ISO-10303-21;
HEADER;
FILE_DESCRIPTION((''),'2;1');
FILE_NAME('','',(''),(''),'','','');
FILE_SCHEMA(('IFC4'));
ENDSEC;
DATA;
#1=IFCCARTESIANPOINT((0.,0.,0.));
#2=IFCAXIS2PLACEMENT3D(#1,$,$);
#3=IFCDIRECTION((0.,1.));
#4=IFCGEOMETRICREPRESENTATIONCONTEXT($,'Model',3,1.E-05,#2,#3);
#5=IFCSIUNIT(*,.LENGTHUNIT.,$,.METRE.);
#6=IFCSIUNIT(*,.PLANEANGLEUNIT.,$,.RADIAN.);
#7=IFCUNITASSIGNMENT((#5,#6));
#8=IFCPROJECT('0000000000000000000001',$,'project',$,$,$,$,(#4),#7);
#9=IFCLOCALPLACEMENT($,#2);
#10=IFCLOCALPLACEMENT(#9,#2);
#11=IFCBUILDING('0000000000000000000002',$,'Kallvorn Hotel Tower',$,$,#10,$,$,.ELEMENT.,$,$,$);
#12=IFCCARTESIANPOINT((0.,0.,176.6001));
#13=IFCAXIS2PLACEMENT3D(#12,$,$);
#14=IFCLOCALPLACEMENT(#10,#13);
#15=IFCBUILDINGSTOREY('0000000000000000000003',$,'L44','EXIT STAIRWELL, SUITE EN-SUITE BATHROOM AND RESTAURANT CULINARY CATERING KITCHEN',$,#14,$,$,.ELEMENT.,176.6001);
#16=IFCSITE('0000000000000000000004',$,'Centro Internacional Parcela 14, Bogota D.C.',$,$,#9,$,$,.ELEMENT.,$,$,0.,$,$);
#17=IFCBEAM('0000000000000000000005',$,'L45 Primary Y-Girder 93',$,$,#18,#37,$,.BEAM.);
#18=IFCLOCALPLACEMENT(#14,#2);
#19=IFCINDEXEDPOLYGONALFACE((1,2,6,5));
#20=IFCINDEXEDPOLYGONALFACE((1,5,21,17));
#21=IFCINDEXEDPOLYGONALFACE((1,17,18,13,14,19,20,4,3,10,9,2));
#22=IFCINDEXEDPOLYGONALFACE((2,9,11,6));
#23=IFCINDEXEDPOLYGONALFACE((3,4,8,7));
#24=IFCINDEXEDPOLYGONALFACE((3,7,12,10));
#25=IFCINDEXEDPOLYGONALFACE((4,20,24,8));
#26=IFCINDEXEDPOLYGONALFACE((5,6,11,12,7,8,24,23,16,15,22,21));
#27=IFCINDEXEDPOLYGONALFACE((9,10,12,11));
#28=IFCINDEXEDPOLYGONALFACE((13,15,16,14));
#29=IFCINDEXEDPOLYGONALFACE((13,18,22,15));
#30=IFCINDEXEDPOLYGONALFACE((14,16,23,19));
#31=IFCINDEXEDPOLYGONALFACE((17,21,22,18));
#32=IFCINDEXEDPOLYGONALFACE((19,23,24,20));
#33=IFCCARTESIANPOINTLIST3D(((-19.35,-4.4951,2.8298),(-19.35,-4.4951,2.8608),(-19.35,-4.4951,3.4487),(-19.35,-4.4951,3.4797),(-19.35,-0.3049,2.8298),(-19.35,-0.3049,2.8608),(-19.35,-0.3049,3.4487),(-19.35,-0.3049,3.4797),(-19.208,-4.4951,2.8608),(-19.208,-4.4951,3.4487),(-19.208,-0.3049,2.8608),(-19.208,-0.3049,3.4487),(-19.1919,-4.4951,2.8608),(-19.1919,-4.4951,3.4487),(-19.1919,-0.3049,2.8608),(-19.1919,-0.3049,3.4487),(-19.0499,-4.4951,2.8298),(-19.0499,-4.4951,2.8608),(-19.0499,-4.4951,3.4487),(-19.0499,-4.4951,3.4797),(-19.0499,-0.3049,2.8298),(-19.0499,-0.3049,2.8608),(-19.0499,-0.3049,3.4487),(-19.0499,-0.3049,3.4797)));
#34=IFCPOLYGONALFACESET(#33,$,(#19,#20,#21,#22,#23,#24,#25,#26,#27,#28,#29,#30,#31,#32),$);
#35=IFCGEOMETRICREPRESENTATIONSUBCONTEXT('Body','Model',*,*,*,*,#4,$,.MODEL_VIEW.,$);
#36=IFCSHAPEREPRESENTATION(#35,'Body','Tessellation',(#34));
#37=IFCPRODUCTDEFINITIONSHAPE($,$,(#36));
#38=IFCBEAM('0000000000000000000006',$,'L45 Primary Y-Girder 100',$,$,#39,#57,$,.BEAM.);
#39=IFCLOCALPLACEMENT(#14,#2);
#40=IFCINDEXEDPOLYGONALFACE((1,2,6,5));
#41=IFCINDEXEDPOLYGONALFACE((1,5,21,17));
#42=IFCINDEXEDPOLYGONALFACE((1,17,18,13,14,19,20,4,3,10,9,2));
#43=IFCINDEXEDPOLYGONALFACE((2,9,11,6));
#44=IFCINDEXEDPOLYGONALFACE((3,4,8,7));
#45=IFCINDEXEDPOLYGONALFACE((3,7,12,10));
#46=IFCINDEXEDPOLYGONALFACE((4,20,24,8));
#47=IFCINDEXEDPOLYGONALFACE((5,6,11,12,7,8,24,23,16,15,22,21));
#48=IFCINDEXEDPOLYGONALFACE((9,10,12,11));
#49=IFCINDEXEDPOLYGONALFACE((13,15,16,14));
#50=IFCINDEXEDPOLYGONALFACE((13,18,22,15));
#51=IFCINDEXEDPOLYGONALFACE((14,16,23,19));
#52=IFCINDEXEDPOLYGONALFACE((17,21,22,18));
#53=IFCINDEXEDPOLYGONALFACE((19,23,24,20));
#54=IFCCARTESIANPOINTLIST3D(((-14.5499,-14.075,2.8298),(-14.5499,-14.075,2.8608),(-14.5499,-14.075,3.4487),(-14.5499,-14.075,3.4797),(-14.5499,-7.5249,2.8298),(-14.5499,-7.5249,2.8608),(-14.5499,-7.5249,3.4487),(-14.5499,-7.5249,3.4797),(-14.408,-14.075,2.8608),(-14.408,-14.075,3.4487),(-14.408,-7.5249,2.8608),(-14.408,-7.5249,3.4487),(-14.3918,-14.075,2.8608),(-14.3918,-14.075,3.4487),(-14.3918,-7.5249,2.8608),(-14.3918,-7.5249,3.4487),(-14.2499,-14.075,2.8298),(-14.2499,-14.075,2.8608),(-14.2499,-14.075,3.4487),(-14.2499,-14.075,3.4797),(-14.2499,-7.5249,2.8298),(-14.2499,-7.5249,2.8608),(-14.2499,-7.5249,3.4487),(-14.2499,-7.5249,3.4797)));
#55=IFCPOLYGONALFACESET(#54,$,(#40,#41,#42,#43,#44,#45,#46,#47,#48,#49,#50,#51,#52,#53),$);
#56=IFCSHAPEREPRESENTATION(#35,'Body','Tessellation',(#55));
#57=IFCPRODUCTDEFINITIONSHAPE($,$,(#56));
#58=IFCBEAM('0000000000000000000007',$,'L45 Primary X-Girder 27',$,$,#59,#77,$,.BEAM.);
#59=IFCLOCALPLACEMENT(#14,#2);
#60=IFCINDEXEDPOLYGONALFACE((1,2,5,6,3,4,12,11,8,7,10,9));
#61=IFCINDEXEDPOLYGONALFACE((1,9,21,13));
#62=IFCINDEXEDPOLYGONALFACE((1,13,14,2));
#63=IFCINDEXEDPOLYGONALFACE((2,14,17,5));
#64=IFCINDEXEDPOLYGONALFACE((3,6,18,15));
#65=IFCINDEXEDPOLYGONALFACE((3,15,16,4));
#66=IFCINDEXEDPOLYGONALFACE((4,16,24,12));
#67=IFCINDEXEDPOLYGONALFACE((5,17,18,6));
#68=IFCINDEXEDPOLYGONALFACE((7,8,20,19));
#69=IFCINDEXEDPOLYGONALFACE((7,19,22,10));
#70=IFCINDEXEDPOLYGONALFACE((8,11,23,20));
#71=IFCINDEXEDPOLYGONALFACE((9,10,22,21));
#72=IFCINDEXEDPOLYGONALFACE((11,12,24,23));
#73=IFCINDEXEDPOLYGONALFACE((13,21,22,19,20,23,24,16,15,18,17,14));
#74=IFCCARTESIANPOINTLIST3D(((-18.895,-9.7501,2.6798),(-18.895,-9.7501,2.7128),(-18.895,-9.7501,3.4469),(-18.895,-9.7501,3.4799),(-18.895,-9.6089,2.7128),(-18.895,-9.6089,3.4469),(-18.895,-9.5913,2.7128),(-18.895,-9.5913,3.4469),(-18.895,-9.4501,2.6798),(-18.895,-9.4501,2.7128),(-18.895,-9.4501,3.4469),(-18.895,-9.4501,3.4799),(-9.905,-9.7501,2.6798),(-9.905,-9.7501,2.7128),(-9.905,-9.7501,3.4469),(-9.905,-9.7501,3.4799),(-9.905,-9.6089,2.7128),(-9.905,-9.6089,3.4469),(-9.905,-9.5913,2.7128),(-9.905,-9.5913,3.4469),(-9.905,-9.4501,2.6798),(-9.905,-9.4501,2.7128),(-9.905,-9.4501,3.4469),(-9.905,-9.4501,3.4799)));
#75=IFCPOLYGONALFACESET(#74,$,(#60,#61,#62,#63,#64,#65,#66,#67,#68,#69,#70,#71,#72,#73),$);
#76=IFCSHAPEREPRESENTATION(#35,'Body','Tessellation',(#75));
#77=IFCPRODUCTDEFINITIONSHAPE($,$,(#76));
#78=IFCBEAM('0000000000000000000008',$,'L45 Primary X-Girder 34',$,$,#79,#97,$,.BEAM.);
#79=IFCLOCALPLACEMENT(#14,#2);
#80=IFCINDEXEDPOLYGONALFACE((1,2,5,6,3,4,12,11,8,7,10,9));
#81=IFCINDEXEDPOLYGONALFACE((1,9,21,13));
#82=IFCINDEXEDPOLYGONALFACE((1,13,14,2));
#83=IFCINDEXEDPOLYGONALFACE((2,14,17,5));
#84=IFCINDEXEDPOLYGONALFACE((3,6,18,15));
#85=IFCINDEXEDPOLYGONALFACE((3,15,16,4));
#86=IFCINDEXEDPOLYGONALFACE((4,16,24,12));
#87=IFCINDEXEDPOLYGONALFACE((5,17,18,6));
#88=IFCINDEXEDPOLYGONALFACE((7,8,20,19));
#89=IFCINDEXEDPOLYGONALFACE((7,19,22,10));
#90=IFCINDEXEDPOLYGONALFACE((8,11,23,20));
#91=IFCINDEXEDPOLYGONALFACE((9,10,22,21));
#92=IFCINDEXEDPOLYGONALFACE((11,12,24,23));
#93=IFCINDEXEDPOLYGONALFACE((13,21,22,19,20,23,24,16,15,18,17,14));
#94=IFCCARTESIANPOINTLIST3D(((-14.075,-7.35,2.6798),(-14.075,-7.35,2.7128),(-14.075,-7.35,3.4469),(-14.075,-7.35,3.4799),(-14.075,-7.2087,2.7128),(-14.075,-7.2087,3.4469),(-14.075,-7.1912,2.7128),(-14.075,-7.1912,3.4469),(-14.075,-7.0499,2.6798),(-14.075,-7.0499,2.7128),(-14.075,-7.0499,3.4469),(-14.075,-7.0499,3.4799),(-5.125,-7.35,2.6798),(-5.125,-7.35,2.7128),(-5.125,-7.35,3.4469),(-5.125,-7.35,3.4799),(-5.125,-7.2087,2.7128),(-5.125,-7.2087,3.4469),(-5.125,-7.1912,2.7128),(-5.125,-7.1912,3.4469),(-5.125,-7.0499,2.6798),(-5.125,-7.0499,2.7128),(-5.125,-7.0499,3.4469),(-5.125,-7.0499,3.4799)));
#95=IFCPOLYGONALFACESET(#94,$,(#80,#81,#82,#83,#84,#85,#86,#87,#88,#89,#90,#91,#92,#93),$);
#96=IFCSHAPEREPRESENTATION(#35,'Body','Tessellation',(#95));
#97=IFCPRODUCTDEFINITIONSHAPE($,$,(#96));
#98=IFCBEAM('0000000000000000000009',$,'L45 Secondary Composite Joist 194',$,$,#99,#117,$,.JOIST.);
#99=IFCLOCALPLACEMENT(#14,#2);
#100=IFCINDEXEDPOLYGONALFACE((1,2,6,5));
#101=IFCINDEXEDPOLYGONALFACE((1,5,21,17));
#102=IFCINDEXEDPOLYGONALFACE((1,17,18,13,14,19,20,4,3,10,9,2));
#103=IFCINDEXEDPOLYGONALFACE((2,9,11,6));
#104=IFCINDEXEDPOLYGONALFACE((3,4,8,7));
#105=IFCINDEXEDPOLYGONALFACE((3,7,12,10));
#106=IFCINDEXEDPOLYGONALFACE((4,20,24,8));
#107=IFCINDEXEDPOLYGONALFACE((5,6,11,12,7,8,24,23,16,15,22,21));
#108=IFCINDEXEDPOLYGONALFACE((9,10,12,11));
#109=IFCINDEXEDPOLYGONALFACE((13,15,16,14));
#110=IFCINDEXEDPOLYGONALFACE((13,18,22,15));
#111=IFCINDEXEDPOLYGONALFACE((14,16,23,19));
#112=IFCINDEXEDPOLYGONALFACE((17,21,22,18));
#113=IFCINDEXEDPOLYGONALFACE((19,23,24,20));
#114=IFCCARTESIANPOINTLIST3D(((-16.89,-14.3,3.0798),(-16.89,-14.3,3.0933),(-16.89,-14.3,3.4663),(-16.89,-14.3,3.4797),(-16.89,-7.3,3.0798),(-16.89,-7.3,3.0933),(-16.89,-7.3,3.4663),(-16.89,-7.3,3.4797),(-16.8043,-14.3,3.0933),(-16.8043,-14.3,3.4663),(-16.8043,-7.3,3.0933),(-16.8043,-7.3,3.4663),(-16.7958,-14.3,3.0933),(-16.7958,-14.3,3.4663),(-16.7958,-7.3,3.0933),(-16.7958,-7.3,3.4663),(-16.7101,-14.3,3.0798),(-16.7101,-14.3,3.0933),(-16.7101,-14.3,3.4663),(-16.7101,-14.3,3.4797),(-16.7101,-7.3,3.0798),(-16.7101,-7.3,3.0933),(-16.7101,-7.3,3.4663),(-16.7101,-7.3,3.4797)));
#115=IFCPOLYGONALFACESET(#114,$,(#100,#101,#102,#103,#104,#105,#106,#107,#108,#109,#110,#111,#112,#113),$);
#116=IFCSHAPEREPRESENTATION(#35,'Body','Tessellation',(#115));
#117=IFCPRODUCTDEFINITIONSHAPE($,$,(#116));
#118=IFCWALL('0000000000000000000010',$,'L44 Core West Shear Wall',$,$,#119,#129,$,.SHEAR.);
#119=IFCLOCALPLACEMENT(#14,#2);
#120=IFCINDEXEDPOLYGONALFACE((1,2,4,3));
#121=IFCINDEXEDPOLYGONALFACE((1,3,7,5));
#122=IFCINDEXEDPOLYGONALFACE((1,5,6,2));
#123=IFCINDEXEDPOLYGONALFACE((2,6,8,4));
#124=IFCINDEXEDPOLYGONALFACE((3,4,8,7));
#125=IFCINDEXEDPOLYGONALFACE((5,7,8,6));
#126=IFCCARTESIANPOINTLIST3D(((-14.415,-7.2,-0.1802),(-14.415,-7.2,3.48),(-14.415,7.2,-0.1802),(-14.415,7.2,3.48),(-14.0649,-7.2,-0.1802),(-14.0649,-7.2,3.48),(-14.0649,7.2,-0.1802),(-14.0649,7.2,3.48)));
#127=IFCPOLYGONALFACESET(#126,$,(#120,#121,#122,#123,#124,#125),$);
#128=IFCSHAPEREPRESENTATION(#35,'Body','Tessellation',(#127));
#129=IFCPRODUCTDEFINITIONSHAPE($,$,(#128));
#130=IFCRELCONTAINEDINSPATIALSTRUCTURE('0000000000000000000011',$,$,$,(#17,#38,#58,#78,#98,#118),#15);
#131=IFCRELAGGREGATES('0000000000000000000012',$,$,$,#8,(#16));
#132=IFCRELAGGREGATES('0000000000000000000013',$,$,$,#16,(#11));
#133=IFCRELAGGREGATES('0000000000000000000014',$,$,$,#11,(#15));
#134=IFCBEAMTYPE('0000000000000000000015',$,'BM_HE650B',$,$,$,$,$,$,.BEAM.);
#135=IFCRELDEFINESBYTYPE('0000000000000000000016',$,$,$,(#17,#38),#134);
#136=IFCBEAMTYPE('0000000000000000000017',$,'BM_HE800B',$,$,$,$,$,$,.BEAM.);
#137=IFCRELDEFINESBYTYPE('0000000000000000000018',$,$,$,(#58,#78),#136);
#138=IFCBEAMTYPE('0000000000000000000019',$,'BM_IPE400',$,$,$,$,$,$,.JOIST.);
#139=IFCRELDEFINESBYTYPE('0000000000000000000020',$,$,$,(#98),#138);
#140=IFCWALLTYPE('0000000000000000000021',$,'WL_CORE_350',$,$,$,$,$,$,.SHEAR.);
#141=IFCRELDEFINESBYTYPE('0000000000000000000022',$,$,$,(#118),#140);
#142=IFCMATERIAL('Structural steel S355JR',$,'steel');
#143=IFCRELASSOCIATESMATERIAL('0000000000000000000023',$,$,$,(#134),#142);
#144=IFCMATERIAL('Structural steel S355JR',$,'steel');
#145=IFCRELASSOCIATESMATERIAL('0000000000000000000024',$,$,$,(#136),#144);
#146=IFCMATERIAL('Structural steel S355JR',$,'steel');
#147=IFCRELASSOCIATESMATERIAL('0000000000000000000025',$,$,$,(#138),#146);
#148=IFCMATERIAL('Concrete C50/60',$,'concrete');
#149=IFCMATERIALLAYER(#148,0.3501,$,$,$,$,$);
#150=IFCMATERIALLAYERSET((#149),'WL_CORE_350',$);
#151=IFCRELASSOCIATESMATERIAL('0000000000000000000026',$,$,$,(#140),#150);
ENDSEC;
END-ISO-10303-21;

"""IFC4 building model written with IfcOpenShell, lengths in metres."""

from ifc_helpers import new_model, si_unit, direction, frame, frame_2d, origin, origin_2d, place, context, subcontext, project, spatial, rectangle, i_section, extrude, material, layer, layer_set, material_profile, profile_set, type_object, element, save


model = new_model("IFC4")

# Units and contexts
model_context = context("Model", 3, precision=1e-05, world=origin(), true_north=direction((0.0, 1.0)))
body_context = subcontext(model_context, "Body", "Model", "MODEL_VIEW")
ifc_project = project(units=[si_unit("LENGTHUNIT", "METRE"), si_unit("PLANEANGLEUNIT", "RADIAN")], contexts=[model_context])

# Site, building, storey
site_placement = place(None, origin())
site = spatial("IfcSite", under=ifc_project, at=site_placement, Name="Centro Internacional Parcela 14, Bogota D.C.", CompositionType="ELEMENT", RefElevation=0.0)
building_placement = place(site_placement, origin())
building = spatial("IfcBuilding", under=site, at=building_placement, Name="Kallvorn Hotel Tower", CompositionType="ELEMENT")
storey_placement = place(building_placement, frame((0.0, 0.0, 176.6001)))
storey = spatial("IfcBuildingStorey", under=building, at=storey_placement, Name="L44", Description="EXIT STAIRWELL, SUITE EN-SUITE BATHROOM AND RESTAURANT CULINARY CATERING KITCHEN", CompositionType="ELEMENT", Elevation=176.6001)

# Beams
ifc_material_1 = material(Name="Structural steel S355JR", Category="steel")
ifc_material_profile_1 = material_profile(ifc_material_1, i_section(OverallWidth=0.3, OverallDepth=0.6499, WebThickness=0.0161, FlangeThickness=0.031, at=origin_2d()), Name="HE 650 B")
ifc_profile_set_1 = profile_set([ifc_material_profile_1], Name="Structural steel S355JR")
beam_type_1 = type_object("IfcBeamType", Name="BM_HE650B", PredefinedType="BEAM", material=ifc_profile_set_1)
beam_1_placement = place(storey_placement, frame((-19.2, -4.4951, 3.1548), z_axis=(0.0, 1.0, 0.0), x_axis=(-1.0, 0.0, 0.0)))
element("IfcBeam", 1, at=beam_1_placement, inside=storey, type_object=beam_type_1, Name="L45 Primary Y-Girder 93", PredefinedType="BEAM", context=body_context, shape_type="SweptSolid", body=[
    extrude(i_section(OverallWidth=0.3, OverallDepth=0.6499, WebThickness=0.0161, FlangeThickness=0.031, at=origin_2d()), origin(), (0.0, 0.0, 1.0), 4.1902),
])
beam_2_placement = place(storey_placement, frame((-14.3999, -14.075, 3.1548), z_axis=(0.0, 1.0, 0.0), x_axis=(-1.0, 0.0, 0.0)))
element("IfcBeam", 2, at=beam_2_placement, inside=storey, type_object=beam_type_1, Name="L45 Primary Y-Girder 100", PredefinedType="BEAM", context=body_context, shape_type="SweptSolid", body=[
    extrude(i_section(OverallWidth=0.3, OverallDepth=0.6499, WebThickness=0.0161, FlangeThickness=0.031, at=origin_2d()), origin(), (0.0, 0.0, 1.0), 6.55),
])
ifc_material_2 = material(Name="Structural steel S355JR", Category="steel")
ifc_material_profile_2 = material_profile(ifc_material_2, i_section(OverallWidth=0.3, OverallDepth=0.8, WebThickness=0.0176, FlangeThickness=0.033, at=origin_2d()), Name="HE 800 B")
ifc_profile_set_2 = profile_set([ifc_material_profile_2], Name="Structural steel S355JR")
beam_type_2 = type_object("IfcBeamType", Name="BM_HE800B", PredefinedType="BEAM", material=ifc_profile_set_2)
beam_3_placement = place(storey_placement, frame((-18.895, -9.6001, 3.0798), z_axis=(1.0, 0.0, 0.0), x_axis=(0.0, 1.0, 0.0)))
element("IfcBeam", 3, at=beam_3_placement, inside=storey, type_object=beam_type_2, Name="L45 Primary X-Girder 27", PredefinedType="BEAM", context=body_context, shape_type="SweptSolid", body=[
    extrude(i_section(OverallWidth=0.3, OverallDepth=0.8, WebThickness=0.0176, FlangeThickness=0.033, at=origin_2d()), origin(), (0.0, 0.0, 1.0), 8.99),
])
beam_4_placement = place(storey_placement, frame((-14.075, -7.2, 3.0798), z_axis=(1.0, 0.0, 0.0), x_axis=(0.0, 1.0, 0.0)))
element("IfcBeam", 4, at=beam_4_placement, inside=storey, type_object=beam_type_2, Name="L45 Primary X-Girder 34", PredefinedType="BEAM", context=body_context, shape_type="SweptSolid", body=[
    extrude(i_section(OverallWidth=0.3, OverallDepth=0.8, WebThickness=0.0176, FlangeThickness=0.033, at=origin_2d()), origin(), (0.0, 0.0, 1.0), 8.95),
])
ifc_material_3 = material(Name="Structural steel S355JR", Category="steel")
ifc_material_profile_3 = material_profile(ifc_material_3, i_section(OverallWidth=0.1799, OverallDepth=0.3999, WebThickness=0.0085, FlangeThickness=0.0134, at=origin_2d()), Name="IPE 400")
ifc_profile_set_3 = profile_set([ifc_material_profile_3], Name="Structural steel S355JR")
beam_type_3 = type_object("IfcBeamType", Name="BM_IPE400", PredefinedType="JOIST", material=ifc_profile_set_3)
beam_5_placement = place(storey_placement, frame((-16.8, -14.3, 3.2798), z_axis=(0.0, 1.0, 0.0), x_axis=(-1.0, 0.0, 0.0)))
element("IfcBeam", 5, at=beam_5_placement, inside=storey, type_object=beam_type_3, Name="L45 Secondary Composite Joist 194", PredefinedType="JOIST", context=body_context, shape_type="SweptSolid", body=[
    extrude(i_section(OverallWidth=0.1799, OverallDepth=0.3999, WebThickness=0.0085, FlangeThickness=0.0134, at=origin_2d()), origin(), (0.0, 0.0, 1.0), 7.0),
])

# Wall
ifc_material_4 = material(Name="Concrete C50/60", Category="concrete")
ifc_layer_1 = layer(ifc_material_4, 0.3501)
ifc_layer_set_1 = layer_set([ifc_layer_1], Name="WL_CORE_350")
wall_type_1 = type_object("IfcWallType", Name="WL_CORE_350", PredefinedType="SHEAR", material=ifc_layer_set_1)
wall_1_placement = place(storey_placement, frame((-14.24, -7.2, -0.1802), z_axis=(0.0, 0.0, 1.0), x_axis=(0.0, 1.0, 0.0)))
element("IfcWall", 6, at=wall_1_placement, inside=storey, type_object=wall_type_1, Name="L44 Core West Shear Wall", PredefinedType="SHEAR", context=body_context, shape_type="SweptSolid", body=[
    extrude(rectangle(XDim=14.3999, YDim=0.3501, at=frame_2d((7.2, 0.0))), origin(), (0.0, 0.0, 1.0), 3.6602),
])

save(model, "model.ifc")
